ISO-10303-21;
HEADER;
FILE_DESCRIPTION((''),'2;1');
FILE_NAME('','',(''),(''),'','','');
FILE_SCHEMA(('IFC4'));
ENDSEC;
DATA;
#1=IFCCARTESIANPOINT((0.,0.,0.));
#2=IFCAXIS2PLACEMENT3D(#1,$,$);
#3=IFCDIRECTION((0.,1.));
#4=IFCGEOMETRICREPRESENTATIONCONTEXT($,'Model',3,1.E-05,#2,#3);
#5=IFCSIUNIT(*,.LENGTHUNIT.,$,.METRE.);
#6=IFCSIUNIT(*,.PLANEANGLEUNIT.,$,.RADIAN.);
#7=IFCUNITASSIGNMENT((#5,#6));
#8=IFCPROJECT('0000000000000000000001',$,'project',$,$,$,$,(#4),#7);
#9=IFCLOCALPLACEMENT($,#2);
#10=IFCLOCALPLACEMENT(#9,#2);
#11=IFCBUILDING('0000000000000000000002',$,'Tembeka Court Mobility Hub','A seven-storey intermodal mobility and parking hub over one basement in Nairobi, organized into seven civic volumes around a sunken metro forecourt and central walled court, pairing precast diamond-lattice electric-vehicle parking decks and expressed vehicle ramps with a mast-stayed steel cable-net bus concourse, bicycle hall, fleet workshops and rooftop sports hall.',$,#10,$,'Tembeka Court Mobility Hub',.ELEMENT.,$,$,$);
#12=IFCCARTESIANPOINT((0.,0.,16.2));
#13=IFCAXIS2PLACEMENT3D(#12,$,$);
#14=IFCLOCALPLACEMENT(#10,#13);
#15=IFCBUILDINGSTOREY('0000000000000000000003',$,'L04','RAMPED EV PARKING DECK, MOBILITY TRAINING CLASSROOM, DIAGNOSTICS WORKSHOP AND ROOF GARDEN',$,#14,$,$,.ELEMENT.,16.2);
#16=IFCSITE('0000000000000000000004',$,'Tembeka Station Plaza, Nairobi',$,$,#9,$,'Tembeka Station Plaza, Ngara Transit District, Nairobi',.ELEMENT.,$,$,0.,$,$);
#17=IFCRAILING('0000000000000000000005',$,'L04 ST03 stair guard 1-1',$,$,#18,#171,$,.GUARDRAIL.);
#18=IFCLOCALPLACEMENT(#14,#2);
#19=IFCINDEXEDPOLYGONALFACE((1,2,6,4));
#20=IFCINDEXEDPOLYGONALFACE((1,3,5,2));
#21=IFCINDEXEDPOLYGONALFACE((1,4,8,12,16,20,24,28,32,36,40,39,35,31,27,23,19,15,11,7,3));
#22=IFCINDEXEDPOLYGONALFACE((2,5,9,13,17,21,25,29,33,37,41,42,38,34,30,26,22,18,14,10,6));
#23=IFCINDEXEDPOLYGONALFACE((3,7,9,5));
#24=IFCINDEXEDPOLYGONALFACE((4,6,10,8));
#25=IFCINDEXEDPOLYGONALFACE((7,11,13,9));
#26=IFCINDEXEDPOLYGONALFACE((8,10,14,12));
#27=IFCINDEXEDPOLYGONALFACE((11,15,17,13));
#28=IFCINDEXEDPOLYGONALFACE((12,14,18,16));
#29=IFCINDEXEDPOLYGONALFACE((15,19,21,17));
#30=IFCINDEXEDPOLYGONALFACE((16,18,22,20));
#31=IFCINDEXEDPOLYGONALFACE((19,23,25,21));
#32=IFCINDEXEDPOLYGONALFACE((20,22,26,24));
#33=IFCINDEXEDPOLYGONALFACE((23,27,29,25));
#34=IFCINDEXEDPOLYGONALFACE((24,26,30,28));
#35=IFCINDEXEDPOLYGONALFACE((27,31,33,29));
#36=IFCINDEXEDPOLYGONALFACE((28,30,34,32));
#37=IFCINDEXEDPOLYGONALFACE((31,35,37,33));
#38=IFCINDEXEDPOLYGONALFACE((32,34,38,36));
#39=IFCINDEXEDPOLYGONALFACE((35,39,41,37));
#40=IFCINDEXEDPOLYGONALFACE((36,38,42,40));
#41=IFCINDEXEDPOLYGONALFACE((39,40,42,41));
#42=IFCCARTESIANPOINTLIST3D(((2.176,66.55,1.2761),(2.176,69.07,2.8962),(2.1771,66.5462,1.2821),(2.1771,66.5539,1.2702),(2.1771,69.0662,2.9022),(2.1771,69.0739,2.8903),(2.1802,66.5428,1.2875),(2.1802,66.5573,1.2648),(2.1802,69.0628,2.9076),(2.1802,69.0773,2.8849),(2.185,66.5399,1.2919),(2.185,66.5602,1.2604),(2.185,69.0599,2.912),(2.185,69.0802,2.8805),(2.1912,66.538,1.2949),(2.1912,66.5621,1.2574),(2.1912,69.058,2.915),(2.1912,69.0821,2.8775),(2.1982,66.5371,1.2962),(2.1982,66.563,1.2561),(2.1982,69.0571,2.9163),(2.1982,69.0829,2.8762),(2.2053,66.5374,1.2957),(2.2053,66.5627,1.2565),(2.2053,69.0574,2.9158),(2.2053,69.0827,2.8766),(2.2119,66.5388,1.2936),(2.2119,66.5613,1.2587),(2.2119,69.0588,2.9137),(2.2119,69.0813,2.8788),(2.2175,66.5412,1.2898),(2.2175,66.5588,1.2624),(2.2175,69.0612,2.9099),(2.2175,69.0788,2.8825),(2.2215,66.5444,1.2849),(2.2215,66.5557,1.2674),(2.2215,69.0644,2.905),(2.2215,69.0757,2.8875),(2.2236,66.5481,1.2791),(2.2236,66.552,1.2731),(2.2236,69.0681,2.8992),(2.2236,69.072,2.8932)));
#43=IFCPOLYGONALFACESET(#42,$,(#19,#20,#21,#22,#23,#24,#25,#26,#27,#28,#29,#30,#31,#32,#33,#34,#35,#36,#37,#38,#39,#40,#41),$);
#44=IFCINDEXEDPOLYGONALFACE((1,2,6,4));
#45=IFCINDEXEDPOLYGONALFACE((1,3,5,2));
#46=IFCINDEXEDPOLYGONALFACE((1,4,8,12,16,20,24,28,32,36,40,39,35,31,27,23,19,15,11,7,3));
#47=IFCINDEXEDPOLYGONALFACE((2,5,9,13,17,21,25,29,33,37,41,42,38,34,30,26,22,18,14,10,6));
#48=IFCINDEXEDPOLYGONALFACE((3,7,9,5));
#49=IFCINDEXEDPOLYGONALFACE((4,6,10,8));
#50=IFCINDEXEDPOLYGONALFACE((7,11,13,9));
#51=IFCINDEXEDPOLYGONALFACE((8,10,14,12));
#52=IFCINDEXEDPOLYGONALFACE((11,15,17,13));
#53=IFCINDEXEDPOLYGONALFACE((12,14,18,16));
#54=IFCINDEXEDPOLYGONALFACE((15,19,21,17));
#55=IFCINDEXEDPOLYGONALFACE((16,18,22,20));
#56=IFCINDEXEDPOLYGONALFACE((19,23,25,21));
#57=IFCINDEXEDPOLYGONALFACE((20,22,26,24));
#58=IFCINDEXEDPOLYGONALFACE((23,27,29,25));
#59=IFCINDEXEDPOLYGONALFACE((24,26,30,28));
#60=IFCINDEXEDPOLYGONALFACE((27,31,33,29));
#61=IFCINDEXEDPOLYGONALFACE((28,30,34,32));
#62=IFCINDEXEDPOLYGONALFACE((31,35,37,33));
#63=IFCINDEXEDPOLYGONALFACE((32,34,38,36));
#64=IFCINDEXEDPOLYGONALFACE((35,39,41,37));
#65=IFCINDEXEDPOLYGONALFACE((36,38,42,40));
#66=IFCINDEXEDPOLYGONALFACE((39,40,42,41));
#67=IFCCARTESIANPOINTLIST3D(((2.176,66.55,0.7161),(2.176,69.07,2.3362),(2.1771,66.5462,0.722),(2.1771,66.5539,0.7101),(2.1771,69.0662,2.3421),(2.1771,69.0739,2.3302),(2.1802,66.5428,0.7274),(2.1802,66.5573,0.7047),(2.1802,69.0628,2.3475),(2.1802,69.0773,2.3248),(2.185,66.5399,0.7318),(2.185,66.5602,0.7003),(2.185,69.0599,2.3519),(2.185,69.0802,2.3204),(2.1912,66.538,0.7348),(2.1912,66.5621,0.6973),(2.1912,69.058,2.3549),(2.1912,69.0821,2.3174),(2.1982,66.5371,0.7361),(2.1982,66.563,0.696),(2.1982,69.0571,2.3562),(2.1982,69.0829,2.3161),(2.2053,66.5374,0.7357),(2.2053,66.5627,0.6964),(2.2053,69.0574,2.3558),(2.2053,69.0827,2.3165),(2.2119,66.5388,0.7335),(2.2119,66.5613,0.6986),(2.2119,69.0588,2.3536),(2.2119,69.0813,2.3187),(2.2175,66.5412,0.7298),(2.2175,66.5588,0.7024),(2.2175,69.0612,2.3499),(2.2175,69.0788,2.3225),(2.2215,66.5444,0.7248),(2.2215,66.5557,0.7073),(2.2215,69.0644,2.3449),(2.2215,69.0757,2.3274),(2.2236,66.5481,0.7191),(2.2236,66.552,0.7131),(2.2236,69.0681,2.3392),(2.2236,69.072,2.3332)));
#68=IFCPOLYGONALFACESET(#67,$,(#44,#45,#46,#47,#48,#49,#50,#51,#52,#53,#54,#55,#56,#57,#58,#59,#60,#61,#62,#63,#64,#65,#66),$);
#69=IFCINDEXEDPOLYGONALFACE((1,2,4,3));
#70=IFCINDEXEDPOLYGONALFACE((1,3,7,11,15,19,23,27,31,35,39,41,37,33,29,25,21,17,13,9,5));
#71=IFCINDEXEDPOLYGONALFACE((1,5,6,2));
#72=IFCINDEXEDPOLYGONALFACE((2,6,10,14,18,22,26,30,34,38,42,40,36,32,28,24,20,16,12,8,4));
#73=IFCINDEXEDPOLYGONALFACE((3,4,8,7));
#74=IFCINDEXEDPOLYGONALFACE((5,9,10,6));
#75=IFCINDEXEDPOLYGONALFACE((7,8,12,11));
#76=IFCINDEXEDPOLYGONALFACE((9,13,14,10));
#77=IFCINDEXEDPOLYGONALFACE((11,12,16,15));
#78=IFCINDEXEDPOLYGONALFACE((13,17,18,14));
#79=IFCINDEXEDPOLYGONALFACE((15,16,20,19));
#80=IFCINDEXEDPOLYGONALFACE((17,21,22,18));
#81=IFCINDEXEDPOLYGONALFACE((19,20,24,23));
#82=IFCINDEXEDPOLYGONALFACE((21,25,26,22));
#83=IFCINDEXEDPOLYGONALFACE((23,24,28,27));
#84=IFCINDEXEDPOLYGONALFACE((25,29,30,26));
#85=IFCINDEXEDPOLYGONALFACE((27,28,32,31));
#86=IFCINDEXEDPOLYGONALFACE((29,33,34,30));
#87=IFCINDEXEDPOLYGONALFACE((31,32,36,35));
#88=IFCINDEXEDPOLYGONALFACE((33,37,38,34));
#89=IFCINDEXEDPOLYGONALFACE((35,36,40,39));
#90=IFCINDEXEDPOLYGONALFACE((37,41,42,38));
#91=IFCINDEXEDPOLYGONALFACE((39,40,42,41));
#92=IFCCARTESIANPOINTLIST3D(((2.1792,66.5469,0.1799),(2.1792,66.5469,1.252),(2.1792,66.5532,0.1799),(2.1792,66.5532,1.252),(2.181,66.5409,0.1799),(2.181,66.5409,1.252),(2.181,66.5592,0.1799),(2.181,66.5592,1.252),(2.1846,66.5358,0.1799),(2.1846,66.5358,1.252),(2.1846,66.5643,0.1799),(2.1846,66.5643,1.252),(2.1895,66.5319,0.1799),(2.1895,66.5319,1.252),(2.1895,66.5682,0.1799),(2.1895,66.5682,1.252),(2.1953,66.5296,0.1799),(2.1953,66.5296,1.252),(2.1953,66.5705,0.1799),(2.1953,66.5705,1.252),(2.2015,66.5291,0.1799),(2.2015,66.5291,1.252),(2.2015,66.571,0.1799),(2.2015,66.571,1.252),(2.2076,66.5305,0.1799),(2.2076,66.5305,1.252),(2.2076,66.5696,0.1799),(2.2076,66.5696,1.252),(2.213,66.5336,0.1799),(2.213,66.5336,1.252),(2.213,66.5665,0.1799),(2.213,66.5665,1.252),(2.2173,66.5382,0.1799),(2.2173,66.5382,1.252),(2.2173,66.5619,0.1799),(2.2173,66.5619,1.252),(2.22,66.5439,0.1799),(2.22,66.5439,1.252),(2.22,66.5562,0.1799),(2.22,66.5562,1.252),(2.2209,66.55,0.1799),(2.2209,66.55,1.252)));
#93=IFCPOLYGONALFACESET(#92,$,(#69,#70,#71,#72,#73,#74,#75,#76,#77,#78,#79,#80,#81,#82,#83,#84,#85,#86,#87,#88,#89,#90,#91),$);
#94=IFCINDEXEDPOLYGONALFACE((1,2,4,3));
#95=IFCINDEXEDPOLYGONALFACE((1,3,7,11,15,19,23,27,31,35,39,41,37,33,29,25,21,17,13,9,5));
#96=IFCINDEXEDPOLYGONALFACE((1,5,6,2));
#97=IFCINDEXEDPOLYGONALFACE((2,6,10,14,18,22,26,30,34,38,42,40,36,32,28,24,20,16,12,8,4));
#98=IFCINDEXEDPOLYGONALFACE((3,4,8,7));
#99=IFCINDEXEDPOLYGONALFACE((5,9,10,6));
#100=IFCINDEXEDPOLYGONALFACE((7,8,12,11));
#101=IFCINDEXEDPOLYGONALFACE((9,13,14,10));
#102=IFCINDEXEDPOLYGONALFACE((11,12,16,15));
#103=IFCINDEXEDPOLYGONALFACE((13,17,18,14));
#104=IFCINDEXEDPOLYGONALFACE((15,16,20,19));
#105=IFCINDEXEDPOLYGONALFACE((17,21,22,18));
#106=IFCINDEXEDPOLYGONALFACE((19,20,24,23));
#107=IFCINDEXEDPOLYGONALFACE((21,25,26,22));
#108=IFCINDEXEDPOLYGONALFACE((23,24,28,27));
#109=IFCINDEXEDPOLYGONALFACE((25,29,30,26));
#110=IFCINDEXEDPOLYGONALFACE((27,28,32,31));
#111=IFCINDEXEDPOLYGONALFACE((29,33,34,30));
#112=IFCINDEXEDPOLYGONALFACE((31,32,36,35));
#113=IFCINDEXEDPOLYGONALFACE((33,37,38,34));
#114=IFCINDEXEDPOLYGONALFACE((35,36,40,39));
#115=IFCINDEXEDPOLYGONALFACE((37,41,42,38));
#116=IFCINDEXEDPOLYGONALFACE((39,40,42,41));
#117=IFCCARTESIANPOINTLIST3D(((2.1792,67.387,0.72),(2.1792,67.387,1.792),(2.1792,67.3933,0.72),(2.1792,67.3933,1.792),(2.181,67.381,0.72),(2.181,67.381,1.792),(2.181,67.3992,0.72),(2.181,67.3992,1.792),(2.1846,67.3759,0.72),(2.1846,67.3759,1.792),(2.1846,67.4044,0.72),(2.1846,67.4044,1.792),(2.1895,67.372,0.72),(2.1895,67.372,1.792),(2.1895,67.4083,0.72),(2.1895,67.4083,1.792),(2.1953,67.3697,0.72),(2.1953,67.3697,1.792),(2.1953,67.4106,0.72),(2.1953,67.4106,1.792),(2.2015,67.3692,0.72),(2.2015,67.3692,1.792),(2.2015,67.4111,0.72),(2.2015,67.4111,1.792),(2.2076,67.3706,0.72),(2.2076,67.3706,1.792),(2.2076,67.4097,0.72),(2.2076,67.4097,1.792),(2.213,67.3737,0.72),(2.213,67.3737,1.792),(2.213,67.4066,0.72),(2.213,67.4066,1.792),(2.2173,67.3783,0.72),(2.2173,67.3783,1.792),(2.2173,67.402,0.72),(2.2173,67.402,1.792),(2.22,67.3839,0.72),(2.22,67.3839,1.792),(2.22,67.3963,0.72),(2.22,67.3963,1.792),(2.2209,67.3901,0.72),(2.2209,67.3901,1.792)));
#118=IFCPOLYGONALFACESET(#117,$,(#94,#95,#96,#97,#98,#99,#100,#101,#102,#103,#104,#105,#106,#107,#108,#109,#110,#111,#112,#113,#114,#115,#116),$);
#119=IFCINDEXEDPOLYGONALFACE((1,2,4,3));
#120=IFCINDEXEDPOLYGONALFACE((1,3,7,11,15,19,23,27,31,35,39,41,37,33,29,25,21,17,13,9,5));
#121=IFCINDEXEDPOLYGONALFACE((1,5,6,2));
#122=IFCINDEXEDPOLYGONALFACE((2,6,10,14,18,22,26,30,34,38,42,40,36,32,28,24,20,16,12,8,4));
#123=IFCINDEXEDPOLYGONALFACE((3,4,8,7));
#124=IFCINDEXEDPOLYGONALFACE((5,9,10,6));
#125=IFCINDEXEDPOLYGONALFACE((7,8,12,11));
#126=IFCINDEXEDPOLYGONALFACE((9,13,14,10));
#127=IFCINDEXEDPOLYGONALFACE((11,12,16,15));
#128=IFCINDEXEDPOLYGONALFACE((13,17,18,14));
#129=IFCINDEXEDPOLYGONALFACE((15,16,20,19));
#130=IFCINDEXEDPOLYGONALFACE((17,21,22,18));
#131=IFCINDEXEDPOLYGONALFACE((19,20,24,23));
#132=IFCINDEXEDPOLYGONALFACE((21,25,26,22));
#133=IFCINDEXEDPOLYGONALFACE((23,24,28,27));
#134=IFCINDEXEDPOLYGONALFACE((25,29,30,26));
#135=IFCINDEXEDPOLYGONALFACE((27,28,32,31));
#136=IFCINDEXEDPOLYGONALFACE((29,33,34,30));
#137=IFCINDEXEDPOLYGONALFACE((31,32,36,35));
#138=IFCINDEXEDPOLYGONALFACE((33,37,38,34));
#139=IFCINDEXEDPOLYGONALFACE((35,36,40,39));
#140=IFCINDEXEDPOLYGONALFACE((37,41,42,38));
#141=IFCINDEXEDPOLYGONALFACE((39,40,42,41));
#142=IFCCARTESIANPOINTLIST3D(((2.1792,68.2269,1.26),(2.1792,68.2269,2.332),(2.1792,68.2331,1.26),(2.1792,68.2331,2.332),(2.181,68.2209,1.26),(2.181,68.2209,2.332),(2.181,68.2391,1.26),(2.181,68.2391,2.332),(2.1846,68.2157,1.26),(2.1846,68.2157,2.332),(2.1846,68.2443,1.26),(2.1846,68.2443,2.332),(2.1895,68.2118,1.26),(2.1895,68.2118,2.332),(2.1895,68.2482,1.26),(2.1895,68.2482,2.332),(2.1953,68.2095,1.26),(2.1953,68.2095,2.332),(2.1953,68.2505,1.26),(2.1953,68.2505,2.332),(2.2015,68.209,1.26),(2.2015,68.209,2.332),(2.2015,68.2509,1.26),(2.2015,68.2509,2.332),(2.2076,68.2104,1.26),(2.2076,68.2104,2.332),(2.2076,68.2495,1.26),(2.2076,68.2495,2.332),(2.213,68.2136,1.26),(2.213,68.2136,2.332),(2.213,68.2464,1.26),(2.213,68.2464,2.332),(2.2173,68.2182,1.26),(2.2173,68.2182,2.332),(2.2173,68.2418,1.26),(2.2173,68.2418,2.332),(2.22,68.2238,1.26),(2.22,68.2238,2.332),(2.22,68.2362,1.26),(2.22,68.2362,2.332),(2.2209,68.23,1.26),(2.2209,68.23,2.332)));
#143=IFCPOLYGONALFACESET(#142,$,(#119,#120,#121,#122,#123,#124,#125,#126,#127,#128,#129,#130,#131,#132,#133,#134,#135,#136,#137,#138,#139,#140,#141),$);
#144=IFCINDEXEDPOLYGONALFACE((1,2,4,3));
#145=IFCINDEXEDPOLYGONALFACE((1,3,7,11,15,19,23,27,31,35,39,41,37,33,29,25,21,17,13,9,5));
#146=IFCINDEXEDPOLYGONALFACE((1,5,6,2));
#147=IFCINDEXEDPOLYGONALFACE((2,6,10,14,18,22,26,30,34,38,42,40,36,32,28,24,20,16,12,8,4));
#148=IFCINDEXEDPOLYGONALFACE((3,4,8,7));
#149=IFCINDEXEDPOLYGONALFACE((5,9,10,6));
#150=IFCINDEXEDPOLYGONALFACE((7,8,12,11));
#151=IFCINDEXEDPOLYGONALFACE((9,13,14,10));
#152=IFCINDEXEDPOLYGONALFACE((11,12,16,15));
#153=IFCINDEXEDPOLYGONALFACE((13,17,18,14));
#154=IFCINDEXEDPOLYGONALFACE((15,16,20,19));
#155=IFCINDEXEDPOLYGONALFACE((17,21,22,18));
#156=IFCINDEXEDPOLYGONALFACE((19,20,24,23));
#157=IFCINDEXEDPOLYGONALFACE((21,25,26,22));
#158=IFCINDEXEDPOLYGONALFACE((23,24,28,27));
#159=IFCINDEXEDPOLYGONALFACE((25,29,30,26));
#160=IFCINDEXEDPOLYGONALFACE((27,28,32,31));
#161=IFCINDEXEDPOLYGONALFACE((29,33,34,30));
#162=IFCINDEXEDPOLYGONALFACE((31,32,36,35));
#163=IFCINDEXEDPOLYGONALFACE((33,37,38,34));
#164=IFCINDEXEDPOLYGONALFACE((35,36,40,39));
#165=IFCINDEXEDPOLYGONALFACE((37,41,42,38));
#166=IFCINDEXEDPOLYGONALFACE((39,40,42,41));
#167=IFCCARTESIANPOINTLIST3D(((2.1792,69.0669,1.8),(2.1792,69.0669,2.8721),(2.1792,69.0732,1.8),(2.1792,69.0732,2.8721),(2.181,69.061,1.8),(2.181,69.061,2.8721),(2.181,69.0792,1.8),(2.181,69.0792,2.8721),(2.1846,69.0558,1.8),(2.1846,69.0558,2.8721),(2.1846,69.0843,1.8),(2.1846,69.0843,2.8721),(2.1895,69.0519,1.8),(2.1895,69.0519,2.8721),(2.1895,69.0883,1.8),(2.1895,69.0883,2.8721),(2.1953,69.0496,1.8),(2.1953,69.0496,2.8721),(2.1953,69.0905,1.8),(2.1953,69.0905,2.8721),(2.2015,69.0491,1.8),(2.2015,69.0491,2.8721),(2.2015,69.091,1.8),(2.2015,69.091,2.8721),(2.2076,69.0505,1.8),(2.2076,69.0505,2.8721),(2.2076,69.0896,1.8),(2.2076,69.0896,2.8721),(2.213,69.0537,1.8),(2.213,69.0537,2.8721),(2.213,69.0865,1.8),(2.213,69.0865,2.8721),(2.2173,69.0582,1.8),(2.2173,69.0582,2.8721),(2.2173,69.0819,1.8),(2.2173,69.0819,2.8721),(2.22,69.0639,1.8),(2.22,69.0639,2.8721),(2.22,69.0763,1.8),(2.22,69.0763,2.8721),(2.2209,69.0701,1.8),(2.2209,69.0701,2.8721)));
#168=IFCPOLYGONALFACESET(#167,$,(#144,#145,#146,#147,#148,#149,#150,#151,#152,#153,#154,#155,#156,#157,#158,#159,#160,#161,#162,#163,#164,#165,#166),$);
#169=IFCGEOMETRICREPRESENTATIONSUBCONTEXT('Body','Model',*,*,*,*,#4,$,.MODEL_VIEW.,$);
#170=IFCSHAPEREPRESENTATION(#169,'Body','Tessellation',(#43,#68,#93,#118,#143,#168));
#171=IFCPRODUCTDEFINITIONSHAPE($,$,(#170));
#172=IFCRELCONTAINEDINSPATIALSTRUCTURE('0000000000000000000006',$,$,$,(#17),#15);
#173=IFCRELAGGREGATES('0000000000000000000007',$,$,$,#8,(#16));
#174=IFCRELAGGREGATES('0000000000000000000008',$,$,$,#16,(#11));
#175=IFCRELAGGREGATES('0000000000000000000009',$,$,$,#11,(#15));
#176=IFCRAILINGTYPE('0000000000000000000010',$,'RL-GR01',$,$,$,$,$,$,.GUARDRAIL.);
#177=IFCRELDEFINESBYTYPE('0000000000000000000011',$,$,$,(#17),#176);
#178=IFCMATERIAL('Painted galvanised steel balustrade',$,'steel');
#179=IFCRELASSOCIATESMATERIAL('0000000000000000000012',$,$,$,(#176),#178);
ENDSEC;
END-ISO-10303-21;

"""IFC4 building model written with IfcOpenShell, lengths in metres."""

from ifc_helpers import new_model, si_unit, direction, frame, origin, origin_2d, place, context, subcontext, project, spatial, circle, extrude, material, type_object, element, save


model = new_model("IFC4")

# Units and contexts
model_context = context("Model", 3, precision=1e-05, world=origin(), true_north=direction((0.0, 1.0)))
body_context = subcontext(model_context, "Body", "Model", "MODEL_VIEW")
ifc_project = project(units=[si_unit("LENGTHUNIT", "METRE"), si_unit("PLANEANGLEUNIT", "RADIAN")], contexts=[model_context])

# Site, building, storey
site_placement = place(None, origin())
site = spatial("IfcSite", under=ifc_project, at=site_placement, Name="Tembeka Station Plaza, Nairobi", LongName="Tembeka Station Plaza, Ngara Transit District, Nairobi", CompositionType="ELEMENT", RefElevation=0.0)
building_placement = place(site_placement, origin())
building = spatial("IfcBuilding", under=site, at=building_placement, Name="Tembeka Court Mobility Hub", Description="A seven-storey intermodal mobility and parking hub over one basement in Nairobi, organized into seven civic volumes around a sunken metro forecourt and central walled court, pairing precast diamond-lattice electric-vehicle parking decks and expressed vehicle ramps with a mast-stayed steel cable-net bus concourse, bicycle hall, fleet workshops and rooftop sports hall.", LongName="Tembeka Court Mobility Hub", CompositionType="ELEMENT")
storey_placement = place(building_placement, frame((0.0, 0.0, 16.2)))
storey = spatial("IfcBuildingStorey", under=building, at=storey_placement, Name="L04", Description="RAMPED EV PARKING DECK, MOBILITY TRAINING CLASSROOM, DIAGNOSTICS WORKSHOP AND ROOF GARDEN", CompositionType="ELEMENT", Elevation=16.2)

# Railing
ifc_material_1 = material(Name="Painted galvanised steel balustrade", Category="steel")
railing_type_1 = type_object("IfcRailingType", Name="RL-GR01", PredefinedType="GUARDRAIL", material=ifc_material_1)
railing_1_placement = place(storey_placement, frame((2.2, 66.55, 0.1799)))
element("IfcRailing", 1, at=railing_1_placement, inside=storey, type_object=railing_type_1, Name="L04 ST03 stair guard 1-1", PredefinedType="GUARDRAIL", context=body_context, shape_type="SweptSolid", body=[
    extrude(circle(Radius=0.0239, at=origin_2d()), frame((0.0, 0.0, 1.0962), z_axis=(0.0, 0.841163, 0.540782), x_axis=(-1.0, 0.0, 0.0)), (0.0, 0.0, 1.0), 2.9958),
    extrude(circle(Radius=0.0239, at=origin_2d()), frame((0.0, 0.0, 0.5361), z_axis=(0.0, 0.841163, 0.540782), x_axis=(-1.0, 0.0, 0.0)), (0.0, 0.0, 1.0), 2.9958),
    extrude(circle(Radius=0.021, at=origin_2d()), origin(), (0.0, 0.0, 1.0), 1.072),
    extrude(circle(Radius=0.021, at=origin_2d()), frame((0.0, 0.8401, 0.54)), (0.0, 0.0, 1.0), 1.072),
    extrude(circle(Radius=0.021, at=origin_2d()), frame((0.0, 1.6799, 1.0801)), (0.0, 0.0, 1.0), 1.072),
    extrude(circle(Radius=0.021, at=origin_2d()), frame((0.0, 2.52, 1.6201)), (0.0, 0.0, 1.0), 1.072),
])

save(model, "model.ifc")
